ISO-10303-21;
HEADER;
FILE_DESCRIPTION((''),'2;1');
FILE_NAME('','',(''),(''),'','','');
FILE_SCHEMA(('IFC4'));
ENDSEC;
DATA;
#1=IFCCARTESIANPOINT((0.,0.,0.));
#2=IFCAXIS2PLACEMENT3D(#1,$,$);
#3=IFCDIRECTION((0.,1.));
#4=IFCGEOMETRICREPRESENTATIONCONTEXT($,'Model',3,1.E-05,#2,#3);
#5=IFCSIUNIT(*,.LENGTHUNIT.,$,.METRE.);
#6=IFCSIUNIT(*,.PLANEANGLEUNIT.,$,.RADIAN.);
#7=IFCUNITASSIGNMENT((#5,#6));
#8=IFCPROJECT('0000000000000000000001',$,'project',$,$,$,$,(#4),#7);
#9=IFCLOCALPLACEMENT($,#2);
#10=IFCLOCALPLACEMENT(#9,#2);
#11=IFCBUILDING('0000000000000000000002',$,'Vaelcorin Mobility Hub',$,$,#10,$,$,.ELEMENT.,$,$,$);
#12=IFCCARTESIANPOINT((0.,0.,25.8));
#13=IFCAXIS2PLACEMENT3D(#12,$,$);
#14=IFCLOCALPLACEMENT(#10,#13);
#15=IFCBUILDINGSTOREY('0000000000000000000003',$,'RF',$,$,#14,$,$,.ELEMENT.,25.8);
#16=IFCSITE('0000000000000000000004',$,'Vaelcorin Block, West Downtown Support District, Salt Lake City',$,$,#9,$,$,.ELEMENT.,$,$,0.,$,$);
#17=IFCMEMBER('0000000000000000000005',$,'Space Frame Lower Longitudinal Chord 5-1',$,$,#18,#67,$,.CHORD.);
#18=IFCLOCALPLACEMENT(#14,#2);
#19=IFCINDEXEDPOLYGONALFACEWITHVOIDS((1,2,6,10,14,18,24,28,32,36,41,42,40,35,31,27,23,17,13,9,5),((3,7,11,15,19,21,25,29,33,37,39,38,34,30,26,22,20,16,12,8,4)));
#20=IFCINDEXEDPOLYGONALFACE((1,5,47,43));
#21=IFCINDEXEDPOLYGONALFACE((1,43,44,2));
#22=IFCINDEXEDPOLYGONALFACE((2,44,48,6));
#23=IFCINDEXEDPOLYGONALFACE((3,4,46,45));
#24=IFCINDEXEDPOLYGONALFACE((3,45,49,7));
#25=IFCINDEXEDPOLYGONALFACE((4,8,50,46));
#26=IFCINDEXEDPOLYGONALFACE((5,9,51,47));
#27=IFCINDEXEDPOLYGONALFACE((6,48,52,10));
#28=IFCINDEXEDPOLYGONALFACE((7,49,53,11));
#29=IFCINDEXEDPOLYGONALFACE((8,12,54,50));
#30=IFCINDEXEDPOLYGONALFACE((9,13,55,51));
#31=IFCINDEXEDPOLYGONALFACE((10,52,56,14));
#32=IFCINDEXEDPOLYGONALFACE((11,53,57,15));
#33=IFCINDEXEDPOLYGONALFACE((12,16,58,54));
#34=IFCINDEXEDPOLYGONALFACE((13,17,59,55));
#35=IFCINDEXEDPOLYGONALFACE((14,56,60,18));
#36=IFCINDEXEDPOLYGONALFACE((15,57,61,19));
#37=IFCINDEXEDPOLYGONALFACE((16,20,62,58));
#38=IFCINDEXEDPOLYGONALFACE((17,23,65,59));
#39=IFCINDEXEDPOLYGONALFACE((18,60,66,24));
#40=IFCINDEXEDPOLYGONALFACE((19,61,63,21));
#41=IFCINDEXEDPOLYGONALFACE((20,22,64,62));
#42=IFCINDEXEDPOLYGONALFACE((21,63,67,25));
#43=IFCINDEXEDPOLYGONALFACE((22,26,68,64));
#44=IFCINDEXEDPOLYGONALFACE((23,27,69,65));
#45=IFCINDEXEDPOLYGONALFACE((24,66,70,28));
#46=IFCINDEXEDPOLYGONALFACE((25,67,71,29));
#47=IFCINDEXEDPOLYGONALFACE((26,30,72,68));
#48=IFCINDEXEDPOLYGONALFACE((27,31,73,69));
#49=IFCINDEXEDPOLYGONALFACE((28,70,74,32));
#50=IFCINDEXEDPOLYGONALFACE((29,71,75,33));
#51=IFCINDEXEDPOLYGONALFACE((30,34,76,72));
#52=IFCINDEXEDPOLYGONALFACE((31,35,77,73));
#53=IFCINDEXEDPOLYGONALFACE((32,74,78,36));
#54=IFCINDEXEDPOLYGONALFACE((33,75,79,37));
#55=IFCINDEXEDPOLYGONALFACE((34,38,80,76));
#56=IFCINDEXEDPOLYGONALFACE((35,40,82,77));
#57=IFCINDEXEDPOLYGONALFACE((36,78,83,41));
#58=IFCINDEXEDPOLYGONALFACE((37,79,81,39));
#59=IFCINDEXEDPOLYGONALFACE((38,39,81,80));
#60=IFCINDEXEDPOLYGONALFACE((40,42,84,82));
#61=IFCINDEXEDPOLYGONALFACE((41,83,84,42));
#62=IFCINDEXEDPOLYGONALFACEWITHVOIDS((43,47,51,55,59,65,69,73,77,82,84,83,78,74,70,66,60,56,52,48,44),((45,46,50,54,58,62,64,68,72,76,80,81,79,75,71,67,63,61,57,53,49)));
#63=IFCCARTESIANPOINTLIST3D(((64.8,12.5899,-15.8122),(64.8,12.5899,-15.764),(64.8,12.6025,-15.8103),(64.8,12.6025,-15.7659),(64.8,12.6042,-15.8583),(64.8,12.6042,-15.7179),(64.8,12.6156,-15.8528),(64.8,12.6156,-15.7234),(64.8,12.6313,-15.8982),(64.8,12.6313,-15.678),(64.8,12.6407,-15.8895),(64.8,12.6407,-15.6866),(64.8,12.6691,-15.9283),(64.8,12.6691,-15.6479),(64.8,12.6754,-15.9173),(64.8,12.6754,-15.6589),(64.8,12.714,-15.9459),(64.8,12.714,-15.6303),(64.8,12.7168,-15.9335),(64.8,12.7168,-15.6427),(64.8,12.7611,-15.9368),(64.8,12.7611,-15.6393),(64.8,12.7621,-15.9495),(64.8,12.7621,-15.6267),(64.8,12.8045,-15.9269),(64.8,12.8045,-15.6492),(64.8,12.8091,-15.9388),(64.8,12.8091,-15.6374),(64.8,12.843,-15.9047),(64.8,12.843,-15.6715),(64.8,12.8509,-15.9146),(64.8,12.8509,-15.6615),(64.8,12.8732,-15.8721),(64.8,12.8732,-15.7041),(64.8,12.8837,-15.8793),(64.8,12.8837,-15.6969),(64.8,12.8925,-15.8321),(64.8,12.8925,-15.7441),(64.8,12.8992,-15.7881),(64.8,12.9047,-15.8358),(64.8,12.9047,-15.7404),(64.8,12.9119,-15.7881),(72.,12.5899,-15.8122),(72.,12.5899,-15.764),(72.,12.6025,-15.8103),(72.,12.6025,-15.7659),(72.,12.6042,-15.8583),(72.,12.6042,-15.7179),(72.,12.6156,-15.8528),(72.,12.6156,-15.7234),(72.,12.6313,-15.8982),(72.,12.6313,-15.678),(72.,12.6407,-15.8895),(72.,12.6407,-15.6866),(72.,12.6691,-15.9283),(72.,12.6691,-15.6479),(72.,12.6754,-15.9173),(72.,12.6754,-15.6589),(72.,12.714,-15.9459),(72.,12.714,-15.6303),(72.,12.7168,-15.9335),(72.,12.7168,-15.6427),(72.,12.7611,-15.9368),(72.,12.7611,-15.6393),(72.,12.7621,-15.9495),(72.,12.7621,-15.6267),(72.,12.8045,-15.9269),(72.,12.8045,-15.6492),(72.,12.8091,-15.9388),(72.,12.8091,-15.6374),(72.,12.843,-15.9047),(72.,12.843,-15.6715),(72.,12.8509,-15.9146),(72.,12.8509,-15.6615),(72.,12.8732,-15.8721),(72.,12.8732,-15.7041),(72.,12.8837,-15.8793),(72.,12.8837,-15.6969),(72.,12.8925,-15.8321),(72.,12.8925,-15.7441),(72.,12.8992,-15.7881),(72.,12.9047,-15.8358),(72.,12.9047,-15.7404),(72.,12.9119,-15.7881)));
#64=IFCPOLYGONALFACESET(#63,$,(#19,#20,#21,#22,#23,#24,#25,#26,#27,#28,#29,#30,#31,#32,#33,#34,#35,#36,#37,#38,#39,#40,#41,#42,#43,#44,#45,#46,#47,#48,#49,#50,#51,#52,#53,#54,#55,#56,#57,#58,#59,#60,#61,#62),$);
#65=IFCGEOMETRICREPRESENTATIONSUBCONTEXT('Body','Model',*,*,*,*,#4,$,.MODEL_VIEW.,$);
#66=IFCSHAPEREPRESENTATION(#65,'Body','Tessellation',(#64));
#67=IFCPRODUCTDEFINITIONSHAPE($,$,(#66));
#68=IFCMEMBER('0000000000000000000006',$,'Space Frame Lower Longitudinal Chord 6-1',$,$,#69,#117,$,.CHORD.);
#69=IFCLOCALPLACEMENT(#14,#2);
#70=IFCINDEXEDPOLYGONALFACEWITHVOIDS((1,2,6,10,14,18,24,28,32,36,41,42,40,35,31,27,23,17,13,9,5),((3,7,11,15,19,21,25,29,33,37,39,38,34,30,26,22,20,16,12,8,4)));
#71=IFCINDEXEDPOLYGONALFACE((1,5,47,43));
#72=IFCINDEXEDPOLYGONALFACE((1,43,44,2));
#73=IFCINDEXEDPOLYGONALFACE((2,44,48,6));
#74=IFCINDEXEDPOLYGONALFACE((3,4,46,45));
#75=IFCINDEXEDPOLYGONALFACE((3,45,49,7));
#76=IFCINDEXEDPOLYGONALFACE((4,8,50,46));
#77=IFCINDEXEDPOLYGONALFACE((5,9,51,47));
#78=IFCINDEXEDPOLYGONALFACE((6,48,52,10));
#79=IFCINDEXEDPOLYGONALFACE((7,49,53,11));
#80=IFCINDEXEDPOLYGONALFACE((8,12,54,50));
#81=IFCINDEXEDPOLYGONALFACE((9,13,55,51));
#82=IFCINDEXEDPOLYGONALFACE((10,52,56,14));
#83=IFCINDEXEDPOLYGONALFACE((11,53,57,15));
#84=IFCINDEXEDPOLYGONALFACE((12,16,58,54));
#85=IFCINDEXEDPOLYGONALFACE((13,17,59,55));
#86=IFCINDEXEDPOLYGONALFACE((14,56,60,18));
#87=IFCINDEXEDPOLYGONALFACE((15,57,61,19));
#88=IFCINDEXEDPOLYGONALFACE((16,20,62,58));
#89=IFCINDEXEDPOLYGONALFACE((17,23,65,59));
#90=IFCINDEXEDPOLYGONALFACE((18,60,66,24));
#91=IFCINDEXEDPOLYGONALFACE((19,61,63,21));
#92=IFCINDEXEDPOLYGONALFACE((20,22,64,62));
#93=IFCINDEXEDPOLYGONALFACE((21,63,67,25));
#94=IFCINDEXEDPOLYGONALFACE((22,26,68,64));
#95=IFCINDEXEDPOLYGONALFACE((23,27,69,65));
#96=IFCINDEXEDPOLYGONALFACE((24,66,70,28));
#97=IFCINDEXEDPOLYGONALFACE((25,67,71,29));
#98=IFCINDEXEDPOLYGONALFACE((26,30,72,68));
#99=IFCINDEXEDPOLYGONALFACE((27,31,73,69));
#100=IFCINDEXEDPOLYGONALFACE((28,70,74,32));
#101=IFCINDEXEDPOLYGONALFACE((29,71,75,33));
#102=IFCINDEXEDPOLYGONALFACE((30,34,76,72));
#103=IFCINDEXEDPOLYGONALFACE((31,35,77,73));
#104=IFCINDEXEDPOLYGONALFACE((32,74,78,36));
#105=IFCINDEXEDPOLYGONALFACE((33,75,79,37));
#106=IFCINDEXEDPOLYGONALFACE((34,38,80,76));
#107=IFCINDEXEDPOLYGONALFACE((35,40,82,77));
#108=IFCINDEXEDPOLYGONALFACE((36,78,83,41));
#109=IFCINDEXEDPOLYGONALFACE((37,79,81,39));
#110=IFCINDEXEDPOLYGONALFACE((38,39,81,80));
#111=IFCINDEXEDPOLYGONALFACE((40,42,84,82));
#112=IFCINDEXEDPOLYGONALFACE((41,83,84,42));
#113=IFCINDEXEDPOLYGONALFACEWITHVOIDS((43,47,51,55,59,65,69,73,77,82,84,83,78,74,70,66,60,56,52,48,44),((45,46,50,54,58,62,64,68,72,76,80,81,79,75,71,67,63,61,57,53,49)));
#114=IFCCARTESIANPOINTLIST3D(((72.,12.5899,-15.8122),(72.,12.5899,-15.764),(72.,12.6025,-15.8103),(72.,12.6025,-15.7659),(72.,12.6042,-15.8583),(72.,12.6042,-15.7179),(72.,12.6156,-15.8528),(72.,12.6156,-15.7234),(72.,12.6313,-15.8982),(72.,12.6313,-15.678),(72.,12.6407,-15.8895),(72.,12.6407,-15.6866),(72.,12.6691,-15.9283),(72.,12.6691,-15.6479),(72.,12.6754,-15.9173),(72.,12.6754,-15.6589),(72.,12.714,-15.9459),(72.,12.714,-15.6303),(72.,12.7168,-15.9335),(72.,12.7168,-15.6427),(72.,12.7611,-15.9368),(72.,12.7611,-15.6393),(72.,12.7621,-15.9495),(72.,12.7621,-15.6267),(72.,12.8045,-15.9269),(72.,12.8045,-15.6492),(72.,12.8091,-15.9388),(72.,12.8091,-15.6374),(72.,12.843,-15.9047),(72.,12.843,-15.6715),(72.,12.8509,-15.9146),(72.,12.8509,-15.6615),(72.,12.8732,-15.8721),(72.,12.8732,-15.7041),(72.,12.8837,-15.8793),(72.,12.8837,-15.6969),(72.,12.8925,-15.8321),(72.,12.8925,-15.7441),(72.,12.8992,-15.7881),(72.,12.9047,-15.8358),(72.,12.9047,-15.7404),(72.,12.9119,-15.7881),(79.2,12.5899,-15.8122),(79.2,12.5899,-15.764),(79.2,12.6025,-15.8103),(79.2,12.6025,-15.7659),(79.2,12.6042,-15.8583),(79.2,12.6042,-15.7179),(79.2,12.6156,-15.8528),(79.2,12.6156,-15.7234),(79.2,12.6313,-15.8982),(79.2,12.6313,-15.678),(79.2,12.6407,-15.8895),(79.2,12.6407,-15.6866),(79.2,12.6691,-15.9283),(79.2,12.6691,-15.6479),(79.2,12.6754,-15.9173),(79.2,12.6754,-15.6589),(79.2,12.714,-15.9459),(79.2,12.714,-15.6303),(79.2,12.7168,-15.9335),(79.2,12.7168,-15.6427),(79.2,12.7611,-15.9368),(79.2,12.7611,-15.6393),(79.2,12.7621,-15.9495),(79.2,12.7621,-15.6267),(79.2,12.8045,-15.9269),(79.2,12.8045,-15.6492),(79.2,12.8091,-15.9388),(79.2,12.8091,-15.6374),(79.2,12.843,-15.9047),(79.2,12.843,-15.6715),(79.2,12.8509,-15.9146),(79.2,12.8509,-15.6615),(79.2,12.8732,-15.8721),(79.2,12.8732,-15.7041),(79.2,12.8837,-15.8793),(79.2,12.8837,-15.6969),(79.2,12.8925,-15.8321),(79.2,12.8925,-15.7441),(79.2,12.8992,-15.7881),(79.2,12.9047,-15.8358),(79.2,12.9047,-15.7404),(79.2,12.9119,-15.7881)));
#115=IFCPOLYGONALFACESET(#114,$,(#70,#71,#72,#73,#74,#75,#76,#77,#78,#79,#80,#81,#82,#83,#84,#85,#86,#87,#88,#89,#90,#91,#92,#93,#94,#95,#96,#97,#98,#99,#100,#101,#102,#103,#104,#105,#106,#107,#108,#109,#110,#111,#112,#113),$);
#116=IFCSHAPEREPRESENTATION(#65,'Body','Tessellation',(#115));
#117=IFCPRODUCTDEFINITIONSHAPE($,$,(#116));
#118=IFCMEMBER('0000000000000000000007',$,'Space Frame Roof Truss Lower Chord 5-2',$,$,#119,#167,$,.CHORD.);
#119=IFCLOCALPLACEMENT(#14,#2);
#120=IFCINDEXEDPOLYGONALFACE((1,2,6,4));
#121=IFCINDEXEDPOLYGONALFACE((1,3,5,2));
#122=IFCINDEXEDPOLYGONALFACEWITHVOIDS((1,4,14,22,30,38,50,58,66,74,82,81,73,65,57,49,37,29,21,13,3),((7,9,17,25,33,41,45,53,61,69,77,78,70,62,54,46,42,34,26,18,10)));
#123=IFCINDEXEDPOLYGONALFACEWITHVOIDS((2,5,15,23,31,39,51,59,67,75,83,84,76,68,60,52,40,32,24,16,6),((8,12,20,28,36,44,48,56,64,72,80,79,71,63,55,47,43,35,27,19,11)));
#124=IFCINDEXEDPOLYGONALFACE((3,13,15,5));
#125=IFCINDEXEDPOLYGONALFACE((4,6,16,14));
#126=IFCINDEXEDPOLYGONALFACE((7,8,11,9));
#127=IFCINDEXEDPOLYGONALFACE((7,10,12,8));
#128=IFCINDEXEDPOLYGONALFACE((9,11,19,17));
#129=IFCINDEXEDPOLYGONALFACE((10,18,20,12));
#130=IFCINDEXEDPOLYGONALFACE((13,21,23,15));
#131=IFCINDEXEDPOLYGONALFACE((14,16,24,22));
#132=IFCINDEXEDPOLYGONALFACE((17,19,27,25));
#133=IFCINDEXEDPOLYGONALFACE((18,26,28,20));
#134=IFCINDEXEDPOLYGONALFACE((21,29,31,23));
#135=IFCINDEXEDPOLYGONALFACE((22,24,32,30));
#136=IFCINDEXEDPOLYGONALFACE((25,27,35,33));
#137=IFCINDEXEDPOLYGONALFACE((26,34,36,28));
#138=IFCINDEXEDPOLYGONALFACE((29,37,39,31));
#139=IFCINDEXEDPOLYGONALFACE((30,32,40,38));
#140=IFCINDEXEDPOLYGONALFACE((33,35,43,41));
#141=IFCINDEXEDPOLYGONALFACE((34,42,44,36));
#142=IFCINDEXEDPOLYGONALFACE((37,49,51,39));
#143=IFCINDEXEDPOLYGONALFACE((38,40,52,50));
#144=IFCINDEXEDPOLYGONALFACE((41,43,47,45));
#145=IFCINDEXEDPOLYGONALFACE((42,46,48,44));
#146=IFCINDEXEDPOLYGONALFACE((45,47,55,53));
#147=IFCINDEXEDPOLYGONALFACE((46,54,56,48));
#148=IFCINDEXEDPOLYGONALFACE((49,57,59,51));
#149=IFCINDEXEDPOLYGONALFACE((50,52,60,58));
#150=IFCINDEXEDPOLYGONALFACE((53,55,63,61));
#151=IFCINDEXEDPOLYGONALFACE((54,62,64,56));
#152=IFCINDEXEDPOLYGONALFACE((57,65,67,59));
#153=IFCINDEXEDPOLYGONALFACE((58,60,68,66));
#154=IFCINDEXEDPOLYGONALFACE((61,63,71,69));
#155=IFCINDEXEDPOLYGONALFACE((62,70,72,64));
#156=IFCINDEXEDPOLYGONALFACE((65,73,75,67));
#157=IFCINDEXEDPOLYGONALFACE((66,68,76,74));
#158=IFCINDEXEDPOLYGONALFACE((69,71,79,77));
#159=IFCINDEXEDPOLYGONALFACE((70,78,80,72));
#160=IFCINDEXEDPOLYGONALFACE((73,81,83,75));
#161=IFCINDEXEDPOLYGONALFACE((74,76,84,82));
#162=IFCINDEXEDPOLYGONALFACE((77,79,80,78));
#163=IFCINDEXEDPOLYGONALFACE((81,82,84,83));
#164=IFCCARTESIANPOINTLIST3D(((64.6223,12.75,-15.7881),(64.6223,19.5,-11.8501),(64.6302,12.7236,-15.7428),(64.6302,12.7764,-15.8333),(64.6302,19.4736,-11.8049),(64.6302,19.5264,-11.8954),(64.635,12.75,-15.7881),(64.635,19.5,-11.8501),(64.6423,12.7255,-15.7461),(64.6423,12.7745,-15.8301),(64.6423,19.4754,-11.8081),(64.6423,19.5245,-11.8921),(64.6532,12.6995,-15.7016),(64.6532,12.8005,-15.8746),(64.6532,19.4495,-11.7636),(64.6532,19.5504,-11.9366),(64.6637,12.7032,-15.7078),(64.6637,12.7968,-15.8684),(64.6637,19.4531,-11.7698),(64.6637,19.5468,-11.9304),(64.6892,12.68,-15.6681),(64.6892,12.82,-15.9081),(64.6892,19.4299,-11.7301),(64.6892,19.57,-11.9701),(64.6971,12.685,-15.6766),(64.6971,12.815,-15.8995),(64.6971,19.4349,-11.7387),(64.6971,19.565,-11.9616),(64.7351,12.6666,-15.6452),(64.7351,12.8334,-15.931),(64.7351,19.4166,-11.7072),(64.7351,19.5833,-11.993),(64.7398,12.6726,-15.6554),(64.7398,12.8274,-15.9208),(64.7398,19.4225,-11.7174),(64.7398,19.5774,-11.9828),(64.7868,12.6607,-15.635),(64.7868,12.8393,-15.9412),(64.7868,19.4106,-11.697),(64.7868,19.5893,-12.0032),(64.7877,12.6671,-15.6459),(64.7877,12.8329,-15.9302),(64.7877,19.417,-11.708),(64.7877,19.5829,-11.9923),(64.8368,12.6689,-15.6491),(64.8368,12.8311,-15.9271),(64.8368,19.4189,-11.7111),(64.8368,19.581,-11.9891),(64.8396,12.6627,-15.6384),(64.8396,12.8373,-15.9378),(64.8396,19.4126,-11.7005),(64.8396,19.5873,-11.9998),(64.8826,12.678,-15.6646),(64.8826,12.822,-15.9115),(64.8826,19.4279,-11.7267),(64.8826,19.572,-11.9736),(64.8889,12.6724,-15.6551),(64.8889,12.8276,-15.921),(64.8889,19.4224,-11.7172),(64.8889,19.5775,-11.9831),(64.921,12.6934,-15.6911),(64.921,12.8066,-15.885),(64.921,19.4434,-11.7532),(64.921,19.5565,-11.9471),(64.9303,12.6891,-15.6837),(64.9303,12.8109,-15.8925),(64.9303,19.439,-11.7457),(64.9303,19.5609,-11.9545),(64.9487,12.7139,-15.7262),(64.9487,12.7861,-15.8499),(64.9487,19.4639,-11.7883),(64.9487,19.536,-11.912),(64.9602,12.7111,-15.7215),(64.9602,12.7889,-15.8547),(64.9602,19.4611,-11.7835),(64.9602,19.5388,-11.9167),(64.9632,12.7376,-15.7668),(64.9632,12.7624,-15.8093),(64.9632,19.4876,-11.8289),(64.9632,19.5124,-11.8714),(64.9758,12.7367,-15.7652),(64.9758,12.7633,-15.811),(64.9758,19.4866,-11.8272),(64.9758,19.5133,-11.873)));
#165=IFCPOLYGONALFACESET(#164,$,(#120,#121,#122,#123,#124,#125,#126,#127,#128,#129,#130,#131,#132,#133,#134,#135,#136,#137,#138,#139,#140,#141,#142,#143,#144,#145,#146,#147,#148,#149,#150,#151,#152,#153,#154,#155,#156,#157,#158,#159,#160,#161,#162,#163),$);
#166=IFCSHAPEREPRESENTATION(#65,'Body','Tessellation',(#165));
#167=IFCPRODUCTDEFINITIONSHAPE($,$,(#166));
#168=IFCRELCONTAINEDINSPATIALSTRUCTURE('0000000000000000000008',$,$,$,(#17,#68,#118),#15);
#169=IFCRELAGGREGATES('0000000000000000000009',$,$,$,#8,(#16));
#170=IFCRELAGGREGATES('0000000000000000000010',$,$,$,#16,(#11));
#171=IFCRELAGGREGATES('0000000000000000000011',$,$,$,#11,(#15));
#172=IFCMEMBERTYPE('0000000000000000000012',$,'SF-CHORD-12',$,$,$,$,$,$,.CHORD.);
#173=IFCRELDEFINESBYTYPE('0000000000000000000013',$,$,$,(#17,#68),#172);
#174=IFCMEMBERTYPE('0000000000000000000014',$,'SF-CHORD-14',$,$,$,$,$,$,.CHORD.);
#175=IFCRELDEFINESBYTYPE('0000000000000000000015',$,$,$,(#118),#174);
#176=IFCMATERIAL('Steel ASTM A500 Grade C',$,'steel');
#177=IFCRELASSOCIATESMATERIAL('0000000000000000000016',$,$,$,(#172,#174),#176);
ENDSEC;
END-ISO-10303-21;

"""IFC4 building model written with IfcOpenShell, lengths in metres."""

from ifc_helpers import new_model, si_unit, direction, frame, origin, origin_2d, place, context, subcontext, project, spatial, hollow_circle, extrude, material, material_profile, profile_set, type_object, element, save


model = new_model("IFC4")

# Units and contexts
model_context = context("Model", 3, precision=1e-05, world=origin(), true_north=direction((0.0, 1.0)))
body_context = subcontext(model_context, "Body", "Model", "MODEL_VIEW")
ifc_project = project(units=[si_unit("LENGTHUNIT", "METRE"), si_unit("PLANEANGLEUNIT", "RADIAN")], contexts=[model_context])

# Site, building, storey
site_placement = place(None, origin())
site = spatial("IfcSite", under=ifc_project, at=site_placement, Name="Vaelcorin Block, West Downtown Support District, Salt Lake City", CompositionType="ELEMENT", RefElevation=0.0)
building_placement = place(site_placement, origin())
building = spatial("IfcBuilding", under=site, at=building_placement, Name="Vaelcorin Mobility Hub", CompositionType="ELEMENT")
storey_placement = place(building_placement, frame((0.0, 0.0, 25.8)))
storey = spatial("IfcBuildingStorey", under=building, at=storey_placement, Name="RF", CompositionType="ELEMENT", Elevation=25.8)

# Members
ifc_material_1 = material(Name="Steel ASTM A500 Grade C", Category="steel")
ifc_material_profile_1 = material_profile(ifc_material_1, hollow_circle(Radius=0.1619, WallThickness=0.0127, at=origin_2d()), Name="HSS12.750X0.500")
ifc_profile_set_1 = profile_set([ifc_material_profile_1], Name="Steel ASTM A500 Grade C")
member_type_1 = type_object("IfcMemberType", Name="SF-CHORD-12", PredefinedType="CHORD", material=ifc_profile_set_1)
for number, where, z_axis, x_axis, name in (
    (1, (64.8, 12.75, -15.7881), (1.0, 0.0, 0.0), (0.0, 1.0, 0.0), "Space Frame Lower Longitudinal Chord 5-1"),
    (2, (72.0, 12.75, -15.7881), (1.0, 0.0, 0.0), (0.0, 1.0, 0.0), "Space Frame Lower Longitudinal Chord 6-1"),
):
    element("IfcMember", number, at=place(storey_placement, frame(where, z_axis=z_axis, x_axis=x_axis)), inside=storey, type_object=member_type_1, Name=name, PredefinedType="CHORD", context=body_context, shape_type="SweptSolid", body=[
        extrude(hollow_circle(Radius=0.1619, WallThickness=0.0127, at=origin_2d()), origin(), (0.0, 0.0, 1.0), 7.2),
    ])
ifc_material_profile_2 = material_profile(ifc_material_1, hollow_circle(Radius=0.1777, WallThickness=0.0127, at=origin_2d()), Name="HSS14.000X0.500")
ifc_profile_set_2 = profile_set([ifc_material_profile_2], Name="Steel ASTM A500 Grade C")
member_type_2 = type_object("IfcMemberType", Name="SF-CHORD-14", PredefinedType="CHORD", material=ifc_profile_set_2)
member_1_placement = place(storey_placement, frame((64.8, 12.75, -15.7881), z_axis=(0.0, 0.863752, 0.503918), x_axis=(-1.0, 0.0, 0.0)))
element("IfcMember", 3, at=member_1_placement, inside=storey, type_object=member_type_2, Name="Space Frame Roof Truss Lower Chord 5-2", PredefinedType="CHORD", context=body_context, shape_type="SweptSolid", body=[
    extrude(hollow_circle(Radius=0.1777, WallThickness=0.0127, at=origin_2d()), origin(), (0.0, 0.0, 1.0), 7.8147),
])

save(model, "model.ifc")
